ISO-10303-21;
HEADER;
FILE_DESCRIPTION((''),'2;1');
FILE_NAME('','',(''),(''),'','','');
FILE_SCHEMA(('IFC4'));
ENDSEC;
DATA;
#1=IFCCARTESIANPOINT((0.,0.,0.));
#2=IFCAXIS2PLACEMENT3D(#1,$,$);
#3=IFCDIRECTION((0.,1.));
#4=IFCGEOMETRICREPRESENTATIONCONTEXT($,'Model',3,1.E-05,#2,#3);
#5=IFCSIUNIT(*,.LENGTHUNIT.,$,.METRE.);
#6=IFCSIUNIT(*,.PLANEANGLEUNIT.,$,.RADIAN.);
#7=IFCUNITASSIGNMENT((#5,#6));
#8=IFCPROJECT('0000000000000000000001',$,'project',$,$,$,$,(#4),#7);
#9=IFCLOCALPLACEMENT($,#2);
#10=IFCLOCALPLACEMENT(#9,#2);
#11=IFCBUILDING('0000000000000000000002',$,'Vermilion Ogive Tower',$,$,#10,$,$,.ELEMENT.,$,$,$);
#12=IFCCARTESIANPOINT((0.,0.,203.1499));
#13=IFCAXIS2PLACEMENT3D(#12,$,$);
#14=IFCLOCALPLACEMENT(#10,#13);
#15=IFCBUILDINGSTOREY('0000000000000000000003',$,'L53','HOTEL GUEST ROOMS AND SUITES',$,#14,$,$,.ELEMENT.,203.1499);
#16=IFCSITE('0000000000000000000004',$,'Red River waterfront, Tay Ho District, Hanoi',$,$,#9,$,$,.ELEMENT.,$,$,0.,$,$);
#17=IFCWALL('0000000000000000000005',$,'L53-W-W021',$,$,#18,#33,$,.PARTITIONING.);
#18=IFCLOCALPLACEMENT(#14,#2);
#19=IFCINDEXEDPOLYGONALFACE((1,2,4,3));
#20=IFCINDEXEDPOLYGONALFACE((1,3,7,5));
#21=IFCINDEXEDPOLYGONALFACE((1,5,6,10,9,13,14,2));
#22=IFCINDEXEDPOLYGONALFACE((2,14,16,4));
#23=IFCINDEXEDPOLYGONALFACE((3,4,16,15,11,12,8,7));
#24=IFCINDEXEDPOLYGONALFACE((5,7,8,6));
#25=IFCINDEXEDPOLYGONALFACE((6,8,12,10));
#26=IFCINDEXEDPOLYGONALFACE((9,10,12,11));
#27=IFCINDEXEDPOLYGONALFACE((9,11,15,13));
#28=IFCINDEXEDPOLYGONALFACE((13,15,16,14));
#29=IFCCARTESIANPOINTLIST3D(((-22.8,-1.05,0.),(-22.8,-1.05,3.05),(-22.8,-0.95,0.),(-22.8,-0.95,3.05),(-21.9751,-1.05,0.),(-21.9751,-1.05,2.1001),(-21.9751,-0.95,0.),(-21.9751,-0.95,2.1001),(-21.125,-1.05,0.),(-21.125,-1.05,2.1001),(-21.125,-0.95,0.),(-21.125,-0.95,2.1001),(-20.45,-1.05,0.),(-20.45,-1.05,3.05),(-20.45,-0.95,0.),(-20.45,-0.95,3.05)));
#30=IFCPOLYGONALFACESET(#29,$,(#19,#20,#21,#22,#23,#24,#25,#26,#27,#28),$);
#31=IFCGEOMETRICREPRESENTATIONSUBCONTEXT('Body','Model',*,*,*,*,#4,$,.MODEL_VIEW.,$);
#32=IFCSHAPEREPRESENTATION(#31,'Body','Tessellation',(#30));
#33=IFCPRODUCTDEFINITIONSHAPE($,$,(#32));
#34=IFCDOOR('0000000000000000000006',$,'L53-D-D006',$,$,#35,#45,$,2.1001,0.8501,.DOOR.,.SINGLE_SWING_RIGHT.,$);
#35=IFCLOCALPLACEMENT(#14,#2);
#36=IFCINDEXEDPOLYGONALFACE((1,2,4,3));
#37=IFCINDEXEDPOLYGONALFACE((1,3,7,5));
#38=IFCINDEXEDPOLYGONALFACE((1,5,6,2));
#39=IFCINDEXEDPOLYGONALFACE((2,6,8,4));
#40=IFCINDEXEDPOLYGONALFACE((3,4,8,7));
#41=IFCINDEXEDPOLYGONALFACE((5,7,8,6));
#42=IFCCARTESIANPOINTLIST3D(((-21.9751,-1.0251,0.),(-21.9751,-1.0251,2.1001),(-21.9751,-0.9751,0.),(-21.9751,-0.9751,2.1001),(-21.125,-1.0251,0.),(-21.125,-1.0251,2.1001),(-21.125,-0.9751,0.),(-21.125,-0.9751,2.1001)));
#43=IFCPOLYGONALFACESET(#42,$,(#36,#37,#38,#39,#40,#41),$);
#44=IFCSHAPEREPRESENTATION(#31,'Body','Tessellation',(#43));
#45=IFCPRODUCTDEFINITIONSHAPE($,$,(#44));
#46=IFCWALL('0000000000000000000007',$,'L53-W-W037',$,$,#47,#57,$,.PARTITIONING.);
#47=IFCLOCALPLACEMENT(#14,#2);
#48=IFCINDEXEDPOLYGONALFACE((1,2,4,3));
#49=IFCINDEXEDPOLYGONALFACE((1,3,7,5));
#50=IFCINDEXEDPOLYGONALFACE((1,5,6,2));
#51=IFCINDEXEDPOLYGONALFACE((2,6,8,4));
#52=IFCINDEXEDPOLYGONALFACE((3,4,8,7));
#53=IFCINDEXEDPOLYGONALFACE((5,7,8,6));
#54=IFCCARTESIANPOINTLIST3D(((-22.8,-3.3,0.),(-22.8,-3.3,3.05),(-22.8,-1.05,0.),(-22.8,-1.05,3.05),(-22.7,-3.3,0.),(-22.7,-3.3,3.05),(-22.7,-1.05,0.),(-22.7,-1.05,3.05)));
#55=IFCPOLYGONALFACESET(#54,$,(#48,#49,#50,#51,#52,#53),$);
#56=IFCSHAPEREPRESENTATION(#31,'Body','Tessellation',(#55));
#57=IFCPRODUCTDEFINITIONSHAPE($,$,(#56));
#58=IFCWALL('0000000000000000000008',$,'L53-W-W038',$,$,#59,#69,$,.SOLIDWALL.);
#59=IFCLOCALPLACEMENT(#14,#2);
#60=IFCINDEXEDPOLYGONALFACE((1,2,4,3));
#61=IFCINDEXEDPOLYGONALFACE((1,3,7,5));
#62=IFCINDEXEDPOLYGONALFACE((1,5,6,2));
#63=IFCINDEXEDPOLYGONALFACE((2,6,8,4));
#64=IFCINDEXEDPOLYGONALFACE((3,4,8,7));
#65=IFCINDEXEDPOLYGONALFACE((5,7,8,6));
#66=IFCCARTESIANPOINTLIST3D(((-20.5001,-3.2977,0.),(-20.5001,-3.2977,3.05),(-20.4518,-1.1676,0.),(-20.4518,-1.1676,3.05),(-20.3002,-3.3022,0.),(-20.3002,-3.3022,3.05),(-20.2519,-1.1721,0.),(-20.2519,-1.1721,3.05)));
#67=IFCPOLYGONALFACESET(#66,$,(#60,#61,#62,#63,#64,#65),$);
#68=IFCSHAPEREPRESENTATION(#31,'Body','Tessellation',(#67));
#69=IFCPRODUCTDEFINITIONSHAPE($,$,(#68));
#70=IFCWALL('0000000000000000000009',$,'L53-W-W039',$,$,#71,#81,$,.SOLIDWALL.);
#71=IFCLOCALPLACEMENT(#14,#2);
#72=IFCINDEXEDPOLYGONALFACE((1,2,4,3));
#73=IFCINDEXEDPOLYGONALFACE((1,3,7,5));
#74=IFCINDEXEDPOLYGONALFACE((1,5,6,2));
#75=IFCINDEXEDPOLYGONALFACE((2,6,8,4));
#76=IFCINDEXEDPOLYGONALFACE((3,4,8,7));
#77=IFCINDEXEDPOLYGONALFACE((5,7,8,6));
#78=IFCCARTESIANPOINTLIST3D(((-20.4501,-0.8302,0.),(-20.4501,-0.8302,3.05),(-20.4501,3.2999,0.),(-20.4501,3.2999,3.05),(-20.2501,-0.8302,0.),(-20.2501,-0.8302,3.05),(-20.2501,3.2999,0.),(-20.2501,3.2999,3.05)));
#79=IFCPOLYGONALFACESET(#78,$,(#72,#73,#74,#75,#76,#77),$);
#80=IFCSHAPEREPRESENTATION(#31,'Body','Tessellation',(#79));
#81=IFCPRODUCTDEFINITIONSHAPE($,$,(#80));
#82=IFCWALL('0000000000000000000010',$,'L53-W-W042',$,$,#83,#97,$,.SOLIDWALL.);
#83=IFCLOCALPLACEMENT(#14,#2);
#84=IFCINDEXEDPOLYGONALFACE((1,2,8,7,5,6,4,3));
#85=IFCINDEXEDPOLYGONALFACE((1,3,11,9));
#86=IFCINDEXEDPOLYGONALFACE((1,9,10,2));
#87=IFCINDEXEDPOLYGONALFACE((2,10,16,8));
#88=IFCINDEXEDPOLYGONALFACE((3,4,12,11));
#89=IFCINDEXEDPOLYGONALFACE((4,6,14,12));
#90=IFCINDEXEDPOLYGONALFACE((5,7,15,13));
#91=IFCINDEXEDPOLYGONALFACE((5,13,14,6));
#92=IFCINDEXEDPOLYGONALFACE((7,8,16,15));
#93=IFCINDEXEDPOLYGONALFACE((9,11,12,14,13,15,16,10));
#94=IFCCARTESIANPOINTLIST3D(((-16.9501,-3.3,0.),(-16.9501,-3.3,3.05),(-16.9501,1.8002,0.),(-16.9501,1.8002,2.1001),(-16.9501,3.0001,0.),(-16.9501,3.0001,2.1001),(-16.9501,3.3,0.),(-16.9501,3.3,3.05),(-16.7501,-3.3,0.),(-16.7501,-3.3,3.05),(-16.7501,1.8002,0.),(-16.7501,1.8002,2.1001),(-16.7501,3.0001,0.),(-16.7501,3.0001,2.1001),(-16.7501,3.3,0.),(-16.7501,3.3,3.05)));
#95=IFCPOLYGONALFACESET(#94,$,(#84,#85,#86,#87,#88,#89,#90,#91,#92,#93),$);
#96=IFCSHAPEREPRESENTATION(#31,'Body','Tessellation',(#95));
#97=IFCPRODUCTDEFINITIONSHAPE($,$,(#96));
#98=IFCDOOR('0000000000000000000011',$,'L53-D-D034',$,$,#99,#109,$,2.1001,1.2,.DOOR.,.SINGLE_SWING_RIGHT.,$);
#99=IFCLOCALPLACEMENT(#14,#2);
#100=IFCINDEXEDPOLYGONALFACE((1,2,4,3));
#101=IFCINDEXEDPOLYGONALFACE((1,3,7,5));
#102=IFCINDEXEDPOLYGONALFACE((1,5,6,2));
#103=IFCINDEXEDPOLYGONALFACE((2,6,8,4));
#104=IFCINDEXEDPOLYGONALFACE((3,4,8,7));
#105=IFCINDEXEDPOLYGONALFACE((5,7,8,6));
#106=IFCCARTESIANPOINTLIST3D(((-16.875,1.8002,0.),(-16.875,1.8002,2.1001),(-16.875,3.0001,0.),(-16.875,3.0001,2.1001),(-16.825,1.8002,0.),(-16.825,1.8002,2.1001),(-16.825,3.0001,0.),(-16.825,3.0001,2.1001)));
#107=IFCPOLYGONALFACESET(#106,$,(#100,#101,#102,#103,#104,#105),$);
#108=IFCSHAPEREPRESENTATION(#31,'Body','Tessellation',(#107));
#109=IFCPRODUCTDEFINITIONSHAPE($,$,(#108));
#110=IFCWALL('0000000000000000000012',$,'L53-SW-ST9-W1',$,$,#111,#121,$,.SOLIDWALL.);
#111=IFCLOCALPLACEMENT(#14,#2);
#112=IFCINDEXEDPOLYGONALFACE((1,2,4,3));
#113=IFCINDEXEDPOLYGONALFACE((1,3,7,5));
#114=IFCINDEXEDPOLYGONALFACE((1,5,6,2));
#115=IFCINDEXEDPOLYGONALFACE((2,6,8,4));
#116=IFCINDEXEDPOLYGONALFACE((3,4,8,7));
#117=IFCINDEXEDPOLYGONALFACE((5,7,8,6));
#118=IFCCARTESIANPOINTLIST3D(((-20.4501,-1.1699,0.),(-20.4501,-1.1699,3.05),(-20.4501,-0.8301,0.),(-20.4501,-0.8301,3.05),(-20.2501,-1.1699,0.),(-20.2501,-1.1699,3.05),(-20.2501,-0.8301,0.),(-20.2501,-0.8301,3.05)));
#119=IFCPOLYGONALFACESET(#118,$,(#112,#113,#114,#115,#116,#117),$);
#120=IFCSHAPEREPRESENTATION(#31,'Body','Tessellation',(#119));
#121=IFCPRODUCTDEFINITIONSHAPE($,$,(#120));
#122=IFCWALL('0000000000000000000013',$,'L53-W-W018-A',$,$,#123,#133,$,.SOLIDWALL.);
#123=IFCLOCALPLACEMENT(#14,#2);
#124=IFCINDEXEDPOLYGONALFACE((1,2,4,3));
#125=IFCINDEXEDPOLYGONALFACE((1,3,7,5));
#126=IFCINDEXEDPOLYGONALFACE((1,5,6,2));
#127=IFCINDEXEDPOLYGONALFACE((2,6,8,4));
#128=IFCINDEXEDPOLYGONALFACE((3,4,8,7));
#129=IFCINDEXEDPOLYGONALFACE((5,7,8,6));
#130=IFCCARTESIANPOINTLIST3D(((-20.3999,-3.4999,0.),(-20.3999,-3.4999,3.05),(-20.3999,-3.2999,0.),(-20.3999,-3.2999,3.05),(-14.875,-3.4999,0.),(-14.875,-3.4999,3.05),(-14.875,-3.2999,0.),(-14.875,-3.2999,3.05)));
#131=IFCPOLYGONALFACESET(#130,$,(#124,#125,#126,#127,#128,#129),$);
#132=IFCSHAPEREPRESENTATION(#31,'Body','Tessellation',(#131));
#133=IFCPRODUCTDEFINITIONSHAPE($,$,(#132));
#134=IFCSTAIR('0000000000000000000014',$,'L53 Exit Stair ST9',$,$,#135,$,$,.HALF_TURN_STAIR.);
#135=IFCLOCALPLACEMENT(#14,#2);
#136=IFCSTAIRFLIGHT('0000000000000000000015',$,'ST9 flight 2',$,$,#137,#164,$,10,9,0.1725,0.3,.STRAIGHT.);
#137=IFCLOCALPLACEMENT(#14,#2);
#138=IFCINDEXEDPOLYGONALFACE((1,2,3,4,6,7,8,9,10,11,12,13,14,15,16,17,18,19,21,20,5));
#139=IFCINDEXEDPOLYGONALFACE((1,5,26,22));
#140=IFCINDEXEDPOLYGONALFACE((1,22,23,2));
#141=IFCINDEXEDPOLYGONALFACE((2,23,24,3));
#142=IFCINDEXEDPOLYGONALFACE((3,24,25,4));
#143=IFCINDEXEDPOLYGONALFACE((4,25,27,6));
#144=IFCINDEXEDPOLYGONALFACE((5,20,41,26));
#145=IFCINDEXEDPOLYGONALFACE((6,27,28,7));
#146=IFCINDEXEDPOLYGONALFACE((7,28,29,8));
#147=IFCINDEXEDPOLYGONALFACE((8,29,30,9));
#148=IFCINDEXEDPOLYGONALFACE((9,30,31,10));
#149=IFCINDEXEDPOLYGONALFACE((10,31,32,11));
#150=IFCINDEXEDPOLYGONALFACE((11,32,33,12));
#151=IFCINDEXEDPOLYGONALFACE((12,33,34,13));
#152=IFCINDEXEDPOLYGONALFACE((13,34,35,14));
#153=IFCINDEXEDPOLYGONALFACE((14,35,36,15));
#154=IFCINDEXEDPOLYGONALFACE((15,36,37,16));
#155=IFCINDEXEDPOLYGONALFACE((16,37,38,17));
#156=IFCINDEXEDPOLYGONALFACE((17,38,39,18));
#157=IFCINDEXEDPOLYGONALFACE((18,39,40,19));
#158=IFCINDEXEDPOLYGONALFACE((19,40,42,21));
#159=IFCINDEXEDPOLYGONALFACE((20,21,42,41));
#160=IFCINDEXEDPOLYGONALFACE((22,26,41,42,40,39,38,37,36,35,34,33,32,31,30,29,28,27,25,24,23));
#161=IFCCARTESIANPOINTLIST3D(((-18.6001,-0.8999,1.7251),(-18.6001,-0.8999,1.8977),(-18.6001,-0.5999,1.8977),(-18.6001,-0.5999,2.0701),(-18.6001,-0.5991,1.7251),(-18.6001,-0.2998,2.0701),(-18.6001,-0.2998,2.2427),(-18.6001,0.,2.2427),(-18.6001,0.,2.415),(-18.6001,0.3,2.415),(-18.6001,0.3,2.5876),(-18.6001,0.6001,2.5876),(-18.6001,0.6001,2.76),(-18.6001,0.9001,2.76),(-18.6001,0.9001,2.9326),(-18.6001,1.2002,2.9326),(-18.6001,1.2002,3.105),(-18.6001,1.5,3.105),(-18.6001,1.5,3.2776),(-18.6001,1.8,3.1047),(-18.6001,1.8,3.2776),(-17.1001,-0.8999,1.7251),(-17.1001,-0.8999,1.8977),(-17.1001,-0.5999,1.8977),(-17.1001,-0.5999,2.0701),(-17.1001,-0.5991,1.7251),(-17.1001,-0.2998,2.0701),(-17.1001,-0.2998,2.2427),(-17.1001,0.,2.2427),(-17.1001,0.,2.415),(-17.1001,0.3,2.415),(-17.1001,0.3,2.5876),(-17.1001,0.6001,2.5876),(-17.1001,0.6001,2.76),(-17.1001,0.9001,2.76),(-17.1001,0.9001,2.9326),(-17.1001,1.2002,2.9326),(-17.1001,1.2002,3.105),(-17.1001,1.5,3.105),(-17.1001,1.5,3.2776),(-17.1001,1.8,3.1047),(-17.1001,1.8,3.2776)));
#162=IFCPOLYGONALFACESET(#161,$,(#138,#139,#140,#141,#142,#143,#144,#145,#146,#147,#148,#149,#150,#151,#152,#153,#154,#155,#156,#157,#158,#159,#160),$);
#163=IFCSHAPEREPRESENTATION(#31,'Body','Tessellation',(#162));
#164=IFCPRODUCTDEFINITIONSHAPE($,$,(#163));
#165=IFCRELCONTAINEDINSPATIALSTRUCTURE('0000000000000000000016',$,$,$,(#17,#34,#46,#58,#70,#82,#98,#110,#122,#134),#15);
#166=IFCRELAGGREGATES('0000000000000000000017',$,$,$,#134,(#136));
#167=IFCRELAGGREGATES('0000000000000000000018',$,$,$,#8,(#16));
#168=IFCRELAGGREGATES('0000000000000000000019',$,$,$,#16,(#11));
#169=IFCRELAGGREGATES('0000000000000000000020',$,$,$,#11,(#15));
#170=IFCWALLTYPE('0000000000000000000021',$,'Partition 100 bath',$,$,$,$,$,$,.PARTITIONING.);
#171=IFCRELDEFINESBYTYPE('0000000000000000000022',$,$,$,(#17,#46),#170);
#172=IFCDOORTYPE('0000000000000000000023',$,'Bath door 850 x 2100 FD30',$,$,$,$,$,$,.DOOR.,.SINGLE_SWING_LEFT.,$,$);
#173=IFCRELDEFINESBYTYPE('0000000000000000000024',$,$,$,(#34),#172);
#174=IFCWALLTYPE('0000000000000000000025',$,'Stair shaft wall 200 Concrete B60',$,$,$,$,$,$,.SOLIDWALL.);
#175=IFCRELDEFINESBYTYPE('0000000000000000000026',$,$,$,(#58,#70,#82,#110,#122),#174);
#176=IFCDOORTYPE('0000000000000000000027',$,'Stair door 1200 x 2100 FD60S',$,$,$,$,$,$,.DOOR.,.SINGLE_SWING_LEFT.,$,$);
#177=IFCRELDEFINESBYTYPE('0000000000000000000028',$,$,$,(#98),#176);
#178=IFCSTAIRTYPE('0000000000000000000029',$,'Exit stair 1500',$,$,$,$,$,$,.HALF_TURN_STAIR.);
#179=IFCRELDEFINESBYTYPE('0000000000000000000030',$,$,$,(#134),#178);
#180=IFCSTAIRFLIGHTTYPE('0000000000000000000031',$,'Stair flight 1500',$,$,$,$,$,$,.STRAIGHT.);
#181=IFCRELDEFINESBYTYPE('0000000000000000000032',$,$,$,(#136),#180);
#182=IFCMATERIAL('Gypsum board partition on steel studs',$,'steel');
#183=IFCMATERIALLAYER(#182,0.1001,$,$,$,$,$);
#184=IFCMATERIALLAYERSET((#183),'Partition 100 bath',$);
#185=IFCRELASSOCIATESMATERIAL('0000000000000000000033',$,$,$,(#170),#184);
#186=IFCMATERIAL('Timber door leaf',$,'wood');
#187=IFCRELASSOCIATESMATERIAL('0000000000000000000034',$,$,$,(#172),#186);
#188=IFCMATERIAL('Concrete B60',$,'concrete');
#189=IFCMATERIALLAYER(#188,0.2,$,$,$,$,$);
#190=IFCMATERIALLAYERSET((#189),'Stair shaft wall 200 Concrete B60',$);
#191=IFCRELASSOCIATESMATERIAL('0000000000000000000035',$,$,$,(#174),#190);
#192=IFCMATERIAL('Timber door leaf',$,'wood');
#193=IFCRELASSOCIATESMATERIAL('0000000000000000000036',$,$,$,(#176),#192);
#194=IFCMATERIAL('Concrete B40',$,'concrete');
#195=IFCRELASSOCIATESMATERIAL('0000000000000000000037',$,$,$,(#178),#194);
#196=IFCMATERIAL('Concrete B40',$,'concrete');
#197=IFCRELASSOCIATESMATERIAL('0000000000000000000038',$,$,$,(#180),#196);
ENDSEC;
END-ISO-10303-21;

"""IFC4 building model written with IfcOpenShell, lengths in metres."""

from ifc_helpers import new_model, si_unit, direction, frame, frame_2d, origin, place, context, subcontext, project, spatial, polyline, rectangle, outline, extrude, material, layer, layer_set, type_object, element, fill, aggregate, save


model = new_model("IFC4")

# Units and contexts
model_context = context("Model", 3, precision=1e-05, world=origin(), true_north=direction((0.0, 1.0)))
body_context = subcontext(model_context, "Body", "Model", "MODEL_VIEW")
ifc_project = project(units=[si_unit("LENGTHUNIT", "METRE"), si_unit("PLANEANGLEUNIT", "RADIAN")], contexts=[model_context])

# Site, building, storey
site_placement = place(None, origin())
site = spatial("IfcSite", under=ifc_project, at=site_placement, Name="Red River waterfront, Tay Ho District, Hanoi", CompositionType="ELEMENT", RefElevation=0.0)
building_placement = place(site_placement, origin())
building = spatial("IfcBuilding", under=site, at=building_placement, Name="Vermilion Ogive Tower", CompositionType="ELEMENT")
storey_placement = place(building_placement, frame((0.0, 0.0, 203.1499)))
storey = spatial("IfcBuildingStorey", under=building, at=storey_placement, Name="L53", Description="HOTEL GUEST ROOMS AND SUITES", CompositionType="ELEMENT", Elevation=203.1499)

# Wall, opening, door
ifc_material_1 = material(Name="Gypsum board partition on steel studs", Category="steel")
ifc_layer_1 = layer(ifc_material_1, 0.1001)
ifc_layer_set_1 = layer_set([ifc_layer_1], Name="Partition 100 bath")
wall_type_1 = type_object("IfcWallType", Name="Partition 100 bath", PredefinedType="PARTITIONING", material=ifc_layer_set_1)
wall_1_placement = place(storey_placement, frame((-22.8, -1.0, 0.0), z_axis=(0.0, 0.0, 1.0), x_axis=(1.0, 0.0, 0.0)))
wall_1 = element("IfcWall", 1, at=wall_1_placement, inside=storey, type_object=wall_type_1, Name="L53-W-W021", PredefinedType="PARTITIONING", context=body_context, shape_type="SweptSolid", body=[
    extrude(rectangle(XDim=2.3501, YDim=0.1001, at=frame_2d((1.175, 0.0))), origin(), (0.0, 0.0, 1.0), 3.05),
])
opening_1_placement = place(wall_1_placement, frame((0.825, 0.0, 0.0)))
opening_1 = element("IfcOpeningElement", 2, at=opening_1_placement, cuts=wall_1, PredefinedType="OPENING", context=body_context, shape_type="SweptSolid", body=[
    extrude(rectangle(XDim=0.8501, YDim=2.1001, at=frame_2d((0.425, 1.05))), frame((0.0, 0.0601, 0.0), z_axis=(0.0, -1.0, 0.0), x_axis=(1.0, 0.0, 0.0)), (0.0, 0.0, 1.0), 0.1201),
])
ifc_material_2 = material(Name="Timber door leaf", Category="wood")
door_type_1 = type_object("IfcDoorType", Name="Bath door 850 x 2100 FD30", OperationType="SINGLE_SWING_LEFT", PredefinedType="DOOR", material=ifc_material_2)
door_1_placement = place(opening_1_placement, origin())
door_1 = element("IfcDoor", 3, at=door_1_placement, inside=storey, type_object=door_type_1, Name="L53-D-D006", OperationType="SINGLE_SWING_RIGHT", OverallHeight=2.1001, OverallWidth=0.8501, PredefinedType="DOOR", context=body_context, shape_type="SweptSolid", body=[
    extrude(rectangle(XDim=0.8501, YDim=2.1001, at=frame_2d((0.425, 1.05))), frame((0.0, 0.0249, 0.0), z_axis=(0.0, -1.0, 0.0), x_axis=(1.0, 0.0, 0.0)), (0.0, 0.0, 1.0), 0.05),
])
fill(opening_1, door_1)

# Walls
wall_2_placement = place(storey_placement, frame((-22.75, -3.3, 0.0), z_axis=(0.0, 0.0, 1.0), x_axis=(0.0, 1.0, 0.0)))
element("IfcWall", 4, at=wall_2_placement, inside=storey, type_object=wall_type_1, Name="L53-W-W037", PredefinedType="PARTITIONING", context=body_context, shape_type="SweptSolid", body=[
    extrude(rectangle(XDim=2.25, YDim=0.1001, at=frame_2d((1.125, 0.0))), origin(), (0.0, 0.0, 1.0), 3.05),
])
ifc_material_3 = material(Name="Concrete B60", Category="concrete")
ifc_layer_2 = layer(ifc_material_3, 0.2)
ifc_layer_set_2 = layer_set([ifc_layer_2], Name="Stair shaft wall 200 Concrete B60")
wall_type_2 = type_object("IfcWallType", Name="Stair shaft wall 200 Concrete B60", PredefinedType="SOLIDWALL", material=ifc_layer_set_2)
wall_3_placement = place(storey_placement, frame((-20.4001, -3.3, 0.0), z_axis=(0.0, 0.0, 1.0), x_axis=(0.022688, 0.999743, 0.0)))
element("IfcWall", 5, at=wall_3_placement, inside=storey, type_object=wall_type_2, Name="L53-W-W038", PredefinedType="SOLIDWALL", context=body_context, shape_type="SweptSolid", body=[
    extrude(rectangle(XDim=2.1306, YDim=0.2, at=frame_2d((1.0654, 0.0))), origin(), (0.0, 0.0, 1.0), 3.05),
])
wall_4_placement = place(storey_placement, frame((-20.3501, -0.8301, 0.0), z_axis=(0.0, 0.0, 1.0), x_axis=(0.0, 1.0, 0.0)))
element("IfcWall", 6, at=wall_4_placement, inside=storey, type_object=wall_type_2, Name="L53-W-W039", PredefinedType="SOLIDWALL", context=body_context, shape_type="SweptSolid", body=[
    extrude(rectangle(XDim=4.1301, YDim=0.2, at=frame_2d((2.0649, 0.0))), origin(), (0.0, 0.0, 1.0), 3.05),
])

# Wall, opening, door
wall_5_placement = place(storey_placement, frame((-16.8501, -3.3, 0.0), z_axis=(0.0, 0.0, 1.0), x_axis=(0.0, 1.0, 0.0)))
wall_5 = element("IfcWall", 7, at=wall_5_placement, inside=storey, type_object=wall_type_2, Name="L53-W-W042", PredefinedType="SOLIDWALL", context=body_context, shape_type="SweptSolid", body=[
    extrude(rectangle(XDim=6.6001, YDim=0.2, at=frame_2d((3.3, 0.0))), origin(), (0.0, 0.0, 1.0), 3.05),
])
opening_2_placement = place(wall_5_placement, frame((5.1001, 0.0, 0.0)))
opening_2 = element("IfcOpeningElement", 8, at=opening_2_placement, cuts=wall_5, PredefinedType="OPENING", context=body_context, shape_type="SweptSolid", body=[
    extrude(rectangle(XDim=1.2, YDim=2.1001, at=frame_2d((0.6001, 1.05))), frame((0.0, 0.1099, 0.0), z_axis=(0.0, -1.0, 0.0), x_axis=(1.0, 0.0, 0.0)), (0.0, 0.0, 1.0), 0.22),
])
ifc_material_4 = material(Name="Timber door leaf", Category="wood")
door_type_2 = type_object("IfcDoorType", Name="Stair door 1200 x 2100 FD60S", OperationType="SINGLE_SWING_LEFT", PredefinedType="DOOR", material=ifc_material_4)
door_2_placement = place(opening_2_placement, origin())
door_2 = element("IfcDoor", 9, at=door_2_placement, inside=storey, type_object=door_type_2, Name="L53-D-D034", OperationType="SINGLE_SWING_RIGHT", OverallHeight=2.1001, OverallWidth=1.2, PredefinedType="DOOR", context=body_context, shape_type="SweptSolid", body=[
    extrude(rectangle(XDim=1.2, YDim=2.1001, at=frame_2d((0.6001, 1.05))), frame((0.0, 0.0249, 0.0), z_axis=(0.0, -1.0, 0.0), x_axis=(1.0, 0.0, 0.0)), (0.0, 0.0, 1.0), 0.05),
])
fill(opening_2, door_2)

# Walls
wall_6_placement = place(storey_placement, frame((-20.3501, -1.1699, 0.0), z_axis=(0.0, 0.0, 1.0), x_axis=(0.0, 1.0, 0.0)))
element("IfcWall", 10, at=wall_6_placement, inside=storey, type_object=wall_type_2, Name="L53-SW-ST9-W1", PredefinedType="SOLIDWALL", context=body_context, shape_type="SweptSolid", body=[
    extrude(rectangle(XDim=0.3398, YDim=0.2, at=frame_2d((0.1699, 0.0))), origin(), (0.0, 0.0, 1.0), 3.05),
])
wall_7_placement = place(storey_placement, frame((-20.3999, -3.3999, 0.0), z_axis=(0.0, 0.0, 1.0), x_axis=(1.0, 0.0, 0.0)))
element("IfcWall", 11, at=wall_7_placement, inside=storey, type_object=wall_type_2, Name="L53-W-W018-A", PredefinedType="SOLIDWALL", context=body_context, shape_type="SweptSolid", body=[
    extrude(rectangle(XDim=5.5249, YDim=0.2, at=frame_2d((2.7625, 0.0))), origin(), (0.0, 0.0, 1.0), 3.05),
])

# Stair, stair flight
ifc_material_5 = material(Name="Concrete B40", Category="concrete")
stair_type = type_object("IfcStairType", Name="Exit stair 1500", PredefinedType="HALF_TURN_STAIR", material=ifc_material_5)
stair_placement = place(storey_placement, origin())
stair = element("IfcStair", 12, at=stair_placement, inside=storey, type_object=stair_type, Name="L53 Exit Stair ST9", PredefinedType="HALF_TURN_STAIR")
ifc_material_6 = material(Name="Concrete B40", Category="concrete")
stair_flight_type = type_object("IfcStairFlightType", Name="Stair flight 1500", PredefinedType="STRAIGHT", material=ifc_material_6)
stair_flight_placement = place(storey_placement, frame((-17.8501, -0.8999, 1.7251), z_axis=(0.0, 0.0, 1.0), x_axis=(0.0, 1.0, 0.0)))
stair_flight = element("IfcStairFlight", 13, at=stair_flight_placement, type_object=stair_flight_type, Name="ST9 flight 2", NumberOfRisers=10, NumberOfTreads=9, PredefinedType="STRAIGHT", RiserHeight=0.1725, TreadLength=0.3, context=body_context, shape_type="SweptSolid", body=[
    extrude(outline(polyline([(0.0, 0.0), (0.0, 0.1726), (0.3, 0.1726), (0.3, 0.345), (0.6001, 0.345), (0.6001, 0.5176), (0.8999, 0.5176), (0.8999, 0.6899), (1.2, 0.6899), (1.2, 0.8625), (1.5, 0.8625), (1.5, 1.0349), (1.8, 1.0349), (1.8, 1.2075), (2.1001, 1.2075), (2.1001, 1.3799), (2.3999, 1.3799), (2.3999, 1.5525), (2.7, 1.5525), (2.7, 1.7251), (2.7, 1.3796), (0.3008, 0.0), (0.0, 0.0)])), frame((0.0, 0.75, 0.0), z_axis=(0.0, -1.0, 0.0), x_axis=(1.0, 0.0, 0.0)), (0.0, 0.0, 1.0), 1.5),
])
aggregate(stair, [stair_flight])

save(model, "model.ifc")
